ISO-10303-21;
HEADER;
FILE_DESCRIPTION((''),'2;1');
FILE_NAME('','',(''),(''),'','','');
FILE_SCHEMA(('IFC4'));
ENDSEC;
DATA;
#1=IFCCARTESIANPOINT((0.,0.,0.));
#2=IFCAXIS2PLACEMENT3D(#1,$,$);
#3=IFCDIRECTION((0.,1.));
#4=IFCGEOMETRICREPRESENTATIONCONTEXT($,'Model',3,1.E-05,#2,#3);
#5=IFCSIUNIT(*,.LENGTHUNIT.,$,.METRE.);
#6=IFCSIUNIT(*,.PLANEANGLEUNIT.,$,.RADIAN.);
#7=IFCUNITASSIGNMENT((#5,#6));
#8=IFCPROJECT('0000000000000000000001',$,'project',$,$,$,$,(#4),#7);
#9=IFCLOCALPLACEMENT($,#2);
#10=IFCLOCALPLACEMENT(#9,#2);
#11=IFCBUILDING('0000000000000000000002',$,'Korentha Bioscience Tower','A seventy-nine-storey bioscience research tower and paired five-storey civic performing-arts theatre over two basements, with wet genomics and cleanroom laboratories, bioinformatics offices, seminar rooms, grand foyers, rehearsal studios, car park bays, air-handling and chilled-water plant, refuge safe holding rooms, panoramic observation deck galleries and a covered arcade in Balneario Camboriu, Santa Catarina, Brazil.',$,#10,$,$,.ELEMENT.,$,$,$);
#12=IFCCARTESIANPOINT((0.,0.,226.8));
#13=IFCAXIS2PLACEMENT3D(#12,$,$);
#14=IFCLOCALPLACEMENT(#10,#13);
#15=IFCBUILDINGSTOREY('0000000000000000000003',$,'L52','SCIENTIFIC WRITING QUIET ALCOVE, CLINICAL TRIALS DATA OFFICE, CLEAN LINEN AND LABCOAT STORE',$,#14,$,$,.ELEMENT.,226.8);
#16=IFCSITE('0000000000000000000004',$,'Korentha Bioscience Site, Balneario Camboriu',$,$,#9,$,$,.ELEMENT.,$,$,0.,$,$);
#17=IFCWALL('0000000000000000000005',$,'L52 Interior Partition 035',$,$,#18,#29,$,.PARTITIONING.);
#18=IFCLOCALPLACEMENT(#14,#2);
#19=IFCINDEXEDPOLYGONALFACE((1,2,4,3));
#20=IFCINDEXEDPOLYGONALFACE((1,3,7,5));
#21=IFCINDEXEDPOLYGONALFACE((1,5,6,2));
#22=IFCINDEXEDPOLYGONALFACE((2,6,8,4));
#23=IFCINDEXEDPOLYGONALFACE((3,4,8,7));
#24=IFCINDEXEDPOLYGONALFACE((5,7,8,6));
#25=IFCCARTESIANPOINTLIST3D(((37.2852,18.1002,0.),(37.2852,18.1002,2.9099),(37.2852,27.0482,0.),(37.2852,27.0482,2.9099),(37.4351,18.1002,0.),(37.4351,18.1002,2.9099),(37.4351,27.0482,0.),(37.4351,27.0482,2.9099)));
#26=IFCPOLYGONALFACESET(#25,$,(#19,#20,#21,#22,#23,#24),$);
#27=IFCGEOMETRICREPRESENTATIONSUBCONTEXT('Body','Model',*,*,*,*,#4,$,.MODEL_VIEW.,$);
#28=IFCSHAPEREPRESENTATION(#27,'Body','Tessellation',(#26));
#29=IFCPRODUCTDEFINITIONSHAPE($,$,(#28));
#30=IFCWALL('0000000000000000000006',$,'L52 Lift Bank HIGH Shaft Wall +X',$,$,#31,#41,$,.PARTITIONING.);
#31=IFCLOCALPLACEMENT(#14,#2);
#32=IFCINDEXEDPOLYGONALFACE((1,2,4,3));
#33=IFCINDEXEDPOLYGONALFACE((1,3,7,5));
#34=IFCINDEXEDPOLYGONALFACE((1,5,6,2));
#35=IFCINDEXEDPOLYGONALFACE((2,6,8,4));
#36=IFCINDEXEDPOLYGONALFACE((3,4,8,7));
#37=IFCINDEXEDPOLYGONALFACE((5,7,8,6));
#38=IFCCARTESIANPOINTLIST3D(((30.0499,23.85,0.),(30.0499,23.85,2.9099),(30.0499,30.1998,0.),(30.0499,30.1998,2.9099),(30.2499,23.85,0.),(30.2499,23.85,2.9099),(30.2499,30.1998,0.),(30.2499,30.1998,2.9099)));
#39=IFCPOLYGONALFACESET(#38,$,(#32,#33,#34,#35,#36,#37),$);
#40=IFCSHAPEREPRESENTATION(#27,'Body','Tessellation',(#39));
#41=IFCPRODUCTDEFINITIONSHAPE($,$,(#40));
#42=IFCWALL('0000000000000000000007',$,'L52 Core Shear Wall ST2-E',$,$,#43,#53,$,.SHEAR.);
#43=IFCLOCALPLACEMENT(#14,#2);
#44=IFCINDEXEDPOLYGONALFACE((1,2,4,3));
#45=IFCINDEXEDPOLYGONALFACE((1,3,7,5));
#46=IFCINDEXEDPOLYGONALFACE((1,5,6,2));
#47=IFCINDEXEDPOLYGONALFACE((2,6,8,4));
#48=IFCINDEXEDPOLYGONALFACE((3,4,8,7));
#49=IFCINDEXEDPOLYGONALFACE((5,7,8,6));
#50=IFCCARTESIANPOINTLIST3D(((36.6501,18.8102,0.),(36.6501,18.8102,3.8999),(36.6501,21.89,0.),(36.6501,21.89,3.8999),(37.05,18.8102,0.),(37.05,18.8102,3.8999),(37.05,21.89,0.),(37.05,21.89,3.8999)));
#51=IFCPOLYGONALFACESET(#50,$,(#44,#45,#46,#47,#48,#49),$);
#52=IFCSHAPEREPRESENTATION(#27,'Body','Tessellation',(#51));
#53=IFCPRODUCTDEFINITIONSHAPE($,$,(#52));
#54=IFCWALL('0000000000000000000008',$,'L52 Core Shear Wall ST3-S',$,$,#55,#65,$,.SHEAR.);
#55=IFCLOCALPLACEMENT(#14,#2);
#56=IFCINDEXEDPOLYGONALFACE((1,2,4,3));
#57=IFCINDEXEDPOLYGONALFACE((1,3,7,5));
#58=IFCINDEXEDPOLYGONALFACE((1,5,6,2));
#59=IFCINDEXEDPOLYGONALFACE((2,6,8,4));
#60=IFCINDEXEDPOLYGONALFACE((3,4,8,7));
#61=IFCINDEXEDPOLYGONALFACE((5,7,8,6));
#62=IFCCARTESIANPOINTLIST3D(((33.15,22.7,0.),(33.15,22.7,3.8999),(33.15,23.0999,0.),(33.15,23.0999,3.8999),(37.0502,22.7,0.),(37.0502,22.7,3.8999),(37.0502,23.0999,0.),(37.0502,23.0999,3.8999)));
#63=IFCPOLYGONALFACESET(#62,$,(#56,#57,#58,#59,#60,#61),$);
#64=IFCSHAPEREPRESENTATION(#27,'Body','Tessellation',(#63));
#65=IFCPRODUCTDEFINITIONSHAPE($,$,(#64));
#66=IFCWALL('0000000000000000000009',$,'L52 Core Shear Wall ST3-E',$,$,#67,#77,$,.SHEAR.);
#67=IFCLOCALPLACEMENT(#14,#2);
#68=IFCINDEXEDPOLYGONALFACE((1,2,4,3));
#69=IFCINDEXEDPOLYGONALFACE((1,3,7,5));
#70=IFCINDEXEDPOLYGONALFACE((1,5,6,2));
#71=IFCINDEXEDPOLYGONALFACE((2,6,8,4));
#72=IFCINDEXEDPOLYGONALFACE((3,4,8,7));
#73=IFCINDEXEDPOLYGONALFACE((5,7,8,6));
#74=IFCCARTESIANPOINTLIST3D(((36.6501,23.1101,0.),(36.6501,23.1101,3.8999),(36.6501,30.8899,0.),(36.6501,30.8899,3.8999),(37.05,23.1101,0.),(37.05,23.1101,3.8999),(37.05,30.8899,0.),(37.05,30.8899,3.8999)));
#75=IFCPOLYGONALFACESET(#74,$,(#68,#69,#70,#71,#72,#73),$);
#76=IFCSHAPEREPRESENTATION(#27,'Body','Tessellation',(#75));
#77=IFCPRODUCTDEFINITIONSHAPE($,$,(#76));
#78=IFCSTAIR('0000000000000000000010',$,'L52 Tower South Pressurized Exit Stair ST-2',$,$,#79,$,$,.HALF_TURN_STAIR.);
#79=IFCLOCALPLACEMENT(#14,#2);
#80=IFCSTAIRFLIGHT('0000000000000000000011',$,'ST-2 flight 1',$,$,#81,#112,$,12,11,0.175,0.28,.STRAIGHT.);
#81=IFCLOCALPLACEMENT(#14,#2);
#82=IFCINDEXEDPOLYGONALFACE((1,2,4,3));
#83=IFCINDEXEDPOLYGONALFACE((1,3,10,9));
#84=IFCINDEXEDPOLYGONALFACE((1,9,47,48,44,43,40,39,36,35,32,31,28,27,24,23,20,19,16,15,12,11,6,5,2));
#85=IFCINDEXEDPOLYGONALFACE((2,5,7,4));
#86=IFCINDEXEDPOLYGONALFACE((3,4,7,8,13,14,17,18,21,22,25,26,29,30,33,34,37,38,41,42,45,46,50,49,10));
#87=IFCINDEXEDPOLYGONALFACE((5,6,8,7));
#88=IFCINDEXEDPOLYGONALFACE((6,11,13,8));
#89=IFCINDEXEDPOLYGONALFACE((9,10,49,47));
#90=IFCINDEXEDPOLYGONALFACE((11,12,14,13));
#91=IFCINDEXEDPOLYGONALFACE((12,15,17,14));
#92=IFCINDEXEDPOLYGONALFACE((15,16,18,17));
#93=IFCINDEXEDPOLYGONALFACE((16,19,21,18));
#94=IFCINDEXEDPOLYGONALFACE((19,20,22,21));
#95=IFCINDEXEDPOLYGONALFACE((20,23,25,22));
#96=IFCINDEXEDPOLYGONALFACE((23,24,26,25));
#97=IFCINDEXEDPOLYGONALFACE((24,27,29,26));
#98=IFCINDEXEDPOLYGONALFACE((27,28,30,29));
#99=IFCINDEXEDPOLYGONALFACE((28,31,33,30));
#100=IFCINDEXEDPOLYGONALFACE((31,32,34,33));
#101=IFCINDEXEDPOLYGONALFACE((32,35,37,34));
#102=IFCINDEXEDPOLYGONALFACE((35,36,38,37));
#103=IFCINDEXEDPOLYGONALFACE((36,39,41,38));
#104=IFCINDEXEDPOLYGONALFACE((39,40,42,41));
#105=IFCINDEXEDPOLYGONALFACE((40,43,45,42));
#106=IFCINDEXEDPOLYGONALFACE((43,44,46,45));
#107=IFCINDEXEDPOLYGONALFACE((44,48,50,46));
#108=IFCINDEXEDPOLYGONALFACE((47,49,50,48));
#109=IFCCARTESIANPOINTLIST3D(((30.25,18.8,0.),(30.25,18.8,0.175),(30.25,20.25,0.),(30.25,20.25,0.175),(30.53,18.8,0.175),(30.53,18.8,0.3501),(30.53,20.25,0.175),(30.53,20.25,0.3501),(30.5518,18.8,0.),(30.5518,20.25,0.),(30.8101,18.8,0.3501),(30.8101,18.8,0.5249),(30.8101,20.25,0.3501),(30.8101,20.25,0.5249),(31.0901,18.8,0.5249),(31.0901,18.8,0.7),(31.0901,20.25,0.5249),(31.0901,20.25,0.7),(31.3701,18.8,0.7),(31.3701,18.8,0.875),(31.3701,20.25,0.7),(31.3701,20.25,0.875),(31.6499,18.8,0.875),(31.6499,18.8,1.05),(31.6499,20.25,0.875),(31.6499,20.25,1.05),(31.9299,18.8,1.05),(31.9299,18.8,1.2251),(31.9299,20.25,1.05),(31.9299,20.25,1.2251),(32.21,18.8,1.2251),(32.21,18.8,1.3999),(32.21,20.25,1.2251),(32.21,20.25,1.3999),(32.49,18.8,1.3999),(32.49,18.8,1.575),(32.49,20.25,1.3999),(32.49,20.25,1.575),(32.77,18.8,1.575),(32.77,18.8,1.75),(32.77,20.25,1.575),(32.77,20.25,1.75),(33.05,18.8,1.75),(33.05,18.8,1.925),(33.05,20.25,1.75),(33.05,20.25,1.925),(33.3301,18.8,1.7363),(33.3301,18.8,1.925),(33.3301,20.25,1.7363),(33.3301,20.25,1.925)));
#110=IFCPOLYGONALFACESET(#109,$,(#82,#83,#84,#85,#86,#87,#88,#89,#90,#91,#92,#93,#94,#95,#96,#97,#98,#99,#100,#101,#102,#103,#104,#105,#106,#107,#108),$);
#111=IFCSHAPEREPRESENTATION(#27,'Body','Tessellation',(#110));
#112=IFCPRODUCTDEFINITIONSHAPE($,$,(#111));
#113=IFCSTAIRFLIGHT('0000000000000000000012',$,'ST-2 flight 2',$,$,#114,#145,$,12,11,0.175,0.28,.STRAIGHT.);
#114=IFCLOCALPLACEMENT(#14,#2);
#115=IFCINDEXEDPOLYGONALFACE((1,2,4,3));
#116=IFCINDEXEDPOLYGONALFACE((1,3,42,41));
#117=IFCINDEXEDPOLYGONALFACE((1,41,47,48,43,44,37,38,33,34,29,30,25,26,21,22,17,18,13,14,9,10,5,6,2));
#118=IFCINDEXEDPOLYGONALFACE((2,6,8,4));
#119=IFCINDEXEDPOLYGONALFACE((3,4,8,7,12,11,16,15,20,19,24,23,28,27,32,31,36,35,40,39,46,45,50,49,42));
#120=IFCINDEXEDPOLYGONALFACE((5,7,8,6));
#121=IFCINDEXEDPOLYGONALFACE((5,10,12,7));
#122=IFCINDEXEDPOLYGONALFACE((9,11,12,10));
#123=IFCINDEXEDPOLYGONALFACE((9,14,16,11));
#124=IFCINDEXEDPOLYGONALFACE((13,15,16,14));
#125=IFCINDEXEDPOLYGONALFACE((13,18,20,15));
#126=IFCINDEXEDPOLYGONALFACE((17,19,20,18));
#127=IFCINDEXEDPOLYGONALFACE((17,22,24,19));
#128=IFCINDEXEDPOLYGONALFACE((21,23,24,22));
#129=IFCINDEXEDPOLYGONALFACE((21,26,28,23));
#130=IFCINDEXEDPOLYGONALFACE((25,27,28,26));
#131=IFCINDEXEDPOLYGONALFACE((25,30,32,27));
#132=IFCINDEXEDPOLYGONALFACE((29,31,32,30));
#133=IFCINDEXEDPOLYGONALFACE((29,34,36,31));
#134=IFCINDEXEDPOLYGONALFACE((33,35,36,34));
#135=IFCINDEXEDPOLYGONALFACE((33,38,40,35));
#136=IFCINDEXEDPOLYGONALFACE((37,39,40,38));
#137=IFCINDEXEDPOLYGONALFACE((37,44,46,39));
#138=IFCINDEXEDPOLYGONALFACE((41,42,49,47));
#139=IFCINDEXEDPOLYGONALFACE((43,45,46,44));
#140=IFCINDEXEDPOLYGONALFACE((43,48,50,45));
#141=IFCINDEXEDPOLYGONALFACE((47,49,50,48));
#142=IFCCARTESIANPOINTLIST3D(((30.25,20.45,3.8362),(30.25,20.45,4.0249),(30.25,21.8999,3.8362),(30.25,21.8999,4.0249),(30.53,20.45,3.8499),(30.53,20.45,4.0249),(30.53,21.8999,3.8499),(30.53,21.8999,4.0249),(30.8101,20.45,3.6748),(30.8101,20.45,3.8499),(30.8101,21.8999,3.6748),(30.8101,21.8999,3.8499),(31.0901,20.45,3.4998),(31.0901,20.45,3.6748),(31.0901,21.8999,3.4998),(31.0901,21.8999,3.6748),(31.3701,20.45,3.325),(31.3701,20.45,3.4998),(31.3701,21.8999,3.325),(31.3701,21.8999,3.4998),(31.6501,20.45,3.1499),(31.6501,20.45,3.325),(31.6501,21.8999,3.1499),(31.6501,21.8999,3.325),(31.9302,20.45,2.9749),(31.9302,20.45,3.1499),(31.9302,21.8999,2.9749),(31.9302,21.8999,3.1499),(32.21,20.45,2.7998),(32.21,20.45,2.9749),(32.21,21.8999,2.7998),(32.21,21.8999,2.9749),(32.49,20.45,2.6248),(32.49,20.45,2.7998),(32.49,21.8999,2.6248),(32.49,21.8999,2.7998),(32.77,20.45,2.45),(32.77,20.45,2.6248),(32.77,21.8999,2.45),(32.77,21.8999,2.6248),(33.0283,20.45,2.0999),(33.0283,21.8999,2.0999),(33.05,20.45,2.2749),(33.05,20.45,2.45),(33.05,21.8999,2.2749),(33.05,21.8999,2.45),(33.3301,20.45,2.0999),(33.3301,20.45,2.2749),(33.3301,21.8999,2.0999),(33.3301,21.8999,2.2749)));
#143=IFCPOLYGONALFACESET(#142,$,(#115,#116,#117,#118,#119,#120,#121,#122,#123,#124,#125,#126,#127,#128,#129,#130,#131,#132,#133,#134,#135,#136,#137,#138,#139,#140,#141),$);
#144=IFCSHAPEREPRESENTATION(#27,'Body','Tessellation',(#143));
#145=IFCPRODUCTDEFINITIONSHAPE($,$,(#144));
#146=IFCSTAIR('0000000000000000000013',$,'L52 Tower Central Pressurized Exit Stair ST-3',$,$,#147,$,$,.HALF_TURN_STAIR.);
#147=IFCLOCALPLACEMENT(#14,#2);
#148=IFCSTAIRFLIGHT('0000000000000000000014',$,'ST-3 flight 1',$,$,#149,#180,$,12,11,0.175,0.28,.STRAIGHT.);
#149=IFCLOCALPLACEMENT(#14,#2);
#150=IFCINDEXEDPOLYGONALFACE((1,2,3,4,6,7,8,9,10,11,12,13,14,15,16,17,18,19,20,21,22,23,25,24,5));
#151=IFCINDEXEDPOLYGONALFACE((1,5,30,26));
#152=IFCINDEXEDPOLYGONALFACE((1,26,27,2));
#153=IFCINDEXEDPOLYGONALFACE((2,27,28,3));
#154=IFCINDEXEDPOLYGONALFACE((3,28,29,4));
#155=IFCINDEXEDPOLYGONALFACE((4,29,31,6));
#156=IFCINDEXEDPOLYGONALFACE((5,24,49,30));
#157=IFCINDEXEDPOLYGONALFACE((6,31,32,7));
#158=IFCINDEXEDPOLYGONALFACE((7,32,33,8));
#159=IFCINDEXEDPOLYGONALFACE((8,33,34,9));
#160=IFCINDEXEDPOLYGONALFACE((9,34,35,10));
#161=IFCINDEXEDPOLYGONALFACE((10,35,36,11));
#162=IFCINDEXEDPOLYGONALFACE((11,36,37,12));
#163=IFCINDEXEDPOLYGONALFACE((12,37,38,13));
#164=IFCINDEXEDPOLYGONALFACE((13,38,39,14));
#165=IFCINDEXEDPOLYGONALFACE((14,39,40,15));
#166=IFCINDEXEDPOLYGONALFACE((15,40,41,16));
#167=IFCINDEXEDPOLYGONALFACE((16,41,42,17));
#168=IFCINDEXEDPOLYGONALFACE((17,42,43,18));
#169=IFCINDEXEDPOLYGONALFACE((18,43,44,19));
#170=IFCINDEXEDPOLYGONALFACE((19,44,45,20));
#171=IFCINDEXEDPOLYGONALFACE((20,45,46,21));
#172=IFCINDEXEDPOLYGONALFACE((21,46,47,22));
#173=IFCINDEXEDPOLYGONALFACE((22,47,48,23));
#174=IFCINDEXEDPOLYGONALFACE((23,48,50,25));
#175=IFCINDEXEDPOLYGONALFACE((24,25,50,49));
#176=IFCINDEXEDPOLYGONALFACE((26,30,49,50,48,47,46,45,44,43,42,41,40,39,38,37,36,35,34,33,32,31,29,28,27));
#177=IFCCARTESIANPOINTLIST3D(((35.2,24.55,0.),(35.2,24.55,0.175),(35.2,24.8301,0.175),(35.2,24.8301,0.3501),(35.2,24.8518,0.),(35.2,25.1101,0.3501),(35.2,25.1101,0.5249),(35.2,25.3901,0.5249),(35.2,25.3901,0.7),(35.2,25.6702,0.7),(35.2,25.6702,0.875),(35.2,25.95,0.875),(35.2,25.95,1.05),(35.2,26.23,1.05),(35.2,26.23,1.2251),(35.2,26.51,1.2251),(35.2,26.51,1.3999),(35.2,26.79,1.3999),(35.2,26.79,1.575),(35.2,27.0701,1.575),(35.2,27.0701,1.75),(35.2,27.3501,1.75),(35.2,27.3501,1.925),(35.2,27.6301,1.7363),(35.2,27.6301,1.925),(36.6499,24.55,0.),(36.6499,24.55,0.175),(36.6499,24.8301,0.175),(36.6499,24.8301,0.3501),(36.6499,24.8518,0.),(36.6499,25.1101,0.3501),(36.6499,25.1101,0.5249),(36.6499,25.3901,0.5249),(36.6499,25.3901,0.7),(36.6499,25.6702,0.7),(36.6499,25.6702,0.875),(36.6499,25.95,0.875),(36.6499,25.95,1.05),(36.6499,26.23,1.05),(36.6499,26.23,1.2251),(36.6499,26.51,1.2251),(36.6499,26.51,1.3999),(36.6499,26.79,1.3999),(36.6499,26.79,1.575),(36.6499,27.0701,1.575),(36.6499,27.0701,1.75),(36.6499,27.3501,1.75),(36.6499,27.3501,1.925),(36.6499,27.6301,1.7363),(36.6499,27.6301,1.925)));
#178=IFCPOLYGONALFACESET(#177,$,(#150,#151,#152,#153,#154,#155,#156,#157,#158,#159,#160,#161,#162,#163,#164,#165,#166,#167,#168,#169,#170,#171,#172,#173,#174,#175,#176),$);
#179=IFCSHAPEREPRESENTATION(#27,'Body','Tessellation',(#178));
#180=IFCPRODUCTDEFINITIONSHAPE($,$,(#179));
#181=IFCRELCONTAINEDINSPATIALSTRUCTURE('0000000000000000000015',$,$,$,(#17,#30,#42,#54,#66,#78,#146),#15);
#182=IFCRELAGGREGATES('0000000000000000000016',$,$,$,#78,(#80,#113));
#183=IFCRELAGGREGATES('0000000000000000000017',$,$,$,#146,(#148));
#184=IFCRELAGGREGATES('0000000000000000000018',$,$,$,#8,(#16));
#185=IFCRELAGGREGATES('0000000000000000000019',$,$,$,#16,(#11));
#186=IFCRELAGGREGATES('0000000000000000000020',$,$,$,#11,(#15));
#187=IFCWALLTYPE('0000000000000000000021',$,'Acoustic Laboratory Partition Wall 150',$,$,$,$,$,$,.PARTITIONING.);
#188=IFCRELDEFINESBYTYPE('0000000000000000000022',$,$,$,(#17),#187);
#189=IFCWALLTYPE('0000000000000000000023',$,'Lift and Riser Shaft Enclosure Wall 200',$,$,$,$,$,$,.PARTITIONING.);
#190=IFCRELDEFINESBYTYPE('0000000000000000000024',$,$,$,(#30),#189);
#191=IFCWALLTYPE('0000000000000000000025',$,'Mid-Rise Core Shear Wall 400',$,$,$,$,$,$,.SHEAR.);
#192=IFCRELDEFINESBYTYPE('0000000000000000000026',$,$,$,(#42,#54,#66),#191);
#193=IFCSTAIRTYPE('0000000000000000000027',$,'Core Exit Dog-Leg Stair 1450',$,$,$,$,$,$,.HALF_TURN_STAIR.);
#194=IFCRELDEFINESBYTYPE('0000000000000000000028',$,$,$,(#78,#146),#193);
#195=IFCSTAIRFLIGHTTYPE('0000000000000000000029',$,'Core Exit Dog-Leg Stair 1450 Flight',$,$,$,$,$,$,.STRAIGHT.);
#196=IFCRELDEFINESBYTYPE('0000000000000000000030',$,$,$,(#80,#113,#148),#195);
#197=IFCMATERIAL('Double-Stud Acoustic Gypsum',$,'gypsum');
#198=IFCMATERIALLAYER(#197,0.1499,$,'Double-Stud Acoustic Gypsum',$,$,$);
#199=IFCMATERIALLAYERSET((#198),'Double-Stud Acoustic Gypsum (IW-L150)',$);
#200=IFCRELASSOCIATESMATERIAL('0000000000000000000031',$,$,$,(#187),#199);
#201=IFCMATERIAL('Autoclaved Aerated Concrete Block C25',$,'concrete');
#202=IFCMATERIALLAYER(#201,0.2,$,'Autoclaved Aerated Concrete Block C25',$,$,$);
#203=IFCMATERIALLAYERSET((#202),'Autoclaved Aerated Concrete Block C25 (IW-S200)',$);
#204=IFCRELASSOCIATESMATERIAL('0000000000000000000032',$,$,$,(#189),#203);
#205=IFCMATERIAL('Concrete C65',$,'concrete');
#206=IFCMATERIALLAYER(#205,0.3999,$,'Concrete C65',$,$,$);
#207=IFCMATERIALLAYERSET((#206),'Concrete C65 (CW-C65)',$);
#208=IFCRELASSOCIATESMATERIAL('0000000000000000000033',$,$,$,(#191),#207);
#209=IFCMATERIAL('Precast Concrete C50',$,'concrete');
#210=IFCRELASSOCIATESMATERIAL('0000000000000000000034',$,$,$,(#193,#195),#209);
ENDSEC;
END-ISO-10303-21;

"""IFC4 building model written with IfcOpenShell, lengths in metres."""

from ifc_helpers import new_model, si_unit, direction, frame, frame_2d, origin, place, context, subcontext, project, spatial, polyline, rectangle, outline, extrude, material, layer, layer_set, type_object, element, aggregate, save


model = new_model("IFC4")

# Units and contexts
model_context = context("Model", 3, precision=1e-05, world=origin(), true_north=direction((0.0, 1.0)))
body_context = subcontext(model_context, "Body", "Model", "MODEL_VIEW")
ifc_project = project(units=[si_unit("LENGTHUNIT", "METRE"), si_unit("PLANEANGLEUNIT", "RADIAN")], contexts=[model_context])

# Site, building, storey
site_placement = place(None, origin())
site = spatial("IfcSite", under=ifc_project, at=site_placement, Name="Korentha Bioscience Site, Balneario Camboriu", CompositionType="ELEMENT", RefElevation=0.0)
building_placement = place(site_placement, origin())
building = spatial("IfcBuilding", under=site, at=building_placement, Name="Korentha Bioscience Tower", Description="A seventy-nine-storey bioscience research tower and paired five-storey civic performing-arts theatre over two basements, with wet genomics and cleanroom laboratories, bioinformatics offices, seminar rooms, grand foyers, rehearsal studios, car park bays, air-handling and chilled-water plant, refuge safe holding rooms, panoramic observation deck galleries and a covered arcade in Balneario Camboriu, Santa Catarina, Brazil.", CompositionType="ELEMENT")
storey_placement = place(building_placement, frame((0.0, 0.0, 226.8)))
storey = spatial("IfcBuildingStorey", under=building, at=storey_placement, Name="L52", Description="SCIENTIFIC WRITING QUIET ALCOVE, CLINICAL TRIALS DATA OFFICE, CLEAN LINEN AND LABCOAT STORE", CompositionType="ELEMENT", Elevation=226.8)

# Shared definitions
ifc_material_1 = material(Name="Concrete C65", Category="concrete")

# Walls
ifc_material_2 = material(Name="Double-Stud Acoustic Gypsum", Category="gypsum")
ifc_layer_1 = layer(ifc_material_2, 0.1499, Name="Double-Stud Acoustic Gypsum")
ifc_layer_set_1 = layer_set([ifc_layer_1], Name="Double-Stud Acoustic Gypsum (IW-L150)")
wall_type_1 = type_object("IfcWallType", Name="Acoustic Laboratory Partition Wall 150", PredefinedType="PARTITIONING", material=ifc_layer_set_1)
wall_1_placement = place(storey_placement, frame((37.3601, 18.1001, 0.0), z_axis=(0.0, 0.0, 1.0), x_axis=(0.0, 1.0, 0.0)))
element("IfcWall", 1, at=wall_1_placement, inside=storey, type_object=wall_type_1, Name="L52 Interior Partition 035", PredefinedType="PARTITIONING", context=body_context, shape_type="SweptSolid", body=[
    extrude(rectangle(XDim=8.948, YDim=0.1499, at=frame_2d((4.4741, 0.0))), origin(), (0.0, 0.0, 1.0), 2.9099),
])
ifc_material_3 = material(Name="Autoclaved Aerated Concrete Block C25", Category="concrete")
ifc_layer_2 = layer(ifc_material_3, 0.2, Name="Autoclaved Aerated Concrete Block C25")
ifc_layer_set_2 = layer_set([ifc_layer_2], Name="Autoclaved Aerated Concrete Block C25 (IW-S200)")
wall_type_2 = type_object("IfcWallType", Name="Lift and Riser Shaft Enclosure Wall 200", PredefinedType="PARTITIONING", material=ifc_layer_set_2)
wall_2_placement = place(storey_placement, frame((30.1499, 23.8501, 0.0), z_axis=(0.0, 0.0, 1.0), x_axis=(0.0, 1.0, 0.0)))
element("IfcWall", 2, at=wall_2_placement, inside=storey, type_object=wall_type_2, Name="L52 Lift Bank HIGH Shaft Wall +X", PredefinedType="PARTITIONING", context=body_context, shape_type="SweptSolid", body=[
    extrude(rectangle(XDim=6.3499, YDim=0.2, at=frame_2d((3.1748, 0.0))), origin(), (0.0, 0.0, 1.0), 2.9099),
])
ifc_layer_3 = layer(ifc_material_1, 0.3999, Name="Concrete C65")
ifc_layer_set_3 = layer_set([ifc_layer_3], Name="Concrete C65 (CW-C65)")
wall_type_3 = type_object("IfcWallType", Name="Mid-Rise Core Shear Wall 400", PredefinedType="SHEAR", material=ifc_layer_set_3)
wall_3_placement = place(storey_placement, frame((36.8501, 18.8101, 0.0), z_axis=(0.0, 0.0, 1.0), x_axis=(0.0, 1.0, 0.0)))
element("IfcWall", 3, at=wall_3_placement, inside=storey, type_object=wall_type_3, Name="L52 Core Shear Wall ST2-E", PredefinedType="SHEAR", context=body_context, shape_type="SweptSolid", body=[
    extrude(rectangle(XDim=3.0798, YDim=0.3999, at=frame_2d((1.54, 0.0))), origin(), (0.0, 0.0, 1.0), 3.8999),
])
wall_4_placement = place(storey_placement, frame((33.1499, 22.8999, 0.0), z_axis=(0.0, 0.0, 1.0), x_axis=(1.0, 0.0, 0.0)))
element("IfcWall", 4, at=wall_4_placement, inside=storey, type_object=wall_type_3, Name="L52 Core Shear Wall ST3-S", PredefinedType="SHEAR", context=body_context, shape_type="SweptSolid", body=[
    extrude(rectangle(XDim=3.9001, YDim=0.3999, at=frame_2d((1.9502, 0.0))), origin(), (0.0, 0.0, 1.0), 3.8999),
])
wall_5_placement = place(storey_placement, frame((36.8501, 23.1101, 0.0), z_axis=(0.0, 0.0, 1.0), x_axis=(0.0, 1.0, 0.0)))
element("IfcWall", 5, at=wall_5_placement, inside=storey, type_object=wall_type_3, Name="L52 Core Shear Wall ST3-E", PredefinedType="SHEAR", context=body_context, shape_type="SweptSolid", body=[
    extrude(rectangle(XDim=7.7798, YDim=0.3999, at=frame_2d((3.8899, 0.0))), origin(), (0.0, 0.0, 1.0), 3.8999),
])

# Stair, stair flights
ifc_material_4 = material(Name="Precast Concrete C50", Category="concrete")
stair_type = type_object("IfcStairType", Name="Core Exit Dog-Leg Stair 1450", PredefinedType="HALF_TURN_STAIR", material=ifc_material_4)
stair_1_placement = place(storey_placement, origin())
stair_1 = element("IfcStair", 6, at=stair_1_placement, inside=storey, type_object=stair_type, Name="L52 Tower South Pressurized Exit Stair ST-2", PredefinedType="HALF_TURN_STAIR")
stair_flight_type = type_object("IfcStairFlightType", Name="Core Exit Dog-Leg Stair 1450 Flight", PredefinedType="STRAIGHT", material=ifc_material_4)
stair_flight_1_placement = place(storey_placement, frame((30.25, 19.5249, 0.0), z_axis=(0.0, 0.0, 1.0), x_axis=(1.0, 0.0, 0.0)))
stair_flight_1 = element("IfcStairFlight", 7, at=stair_flight_1_placement, type_object=stair_flight_type, Name="ST-2 flight 1", NumberOfRisers=12, NumberOfTreads=11, PredefinedType="STRAIGHT", RiserHeight=0.175, TreadLength=0.28, context=body_context, shape_type="SweptSolid", body=[
    extrude(outline(polyline([(0.0, 0.0), (0.0, 0.175), (0.28, 0.175), (0.28, 0.3501), (0.5601, 0.3501), (0.5601, 0.5249), (0.8401, 0.5249), (0.8401, 0.7), (1.1201, 0.7), (1.1201, 0.875), (1.3999, 0.875), (1.3999, 1.05), (1.6799, 1.05), (1.6799, 1.2251), (1.96, 1.2251), (1.96, 1.3999), (2.24, 1.3999), (2.24, 1.575), (2.52, 1.575), (2.52, 1.75), (2.8, 1.75), (2.8, 1.925), (3.0801, 1.925), (3.0801, 2.1001), (3.0801, 1.7363), (0.3018, 0.0), (0.0, 0.0)])), frame((0.0, 0.7251, 0.0), z_axis=(0.0, -1.0, 0.0), x_axis=(1.0, 0.0, 0.0)), (0.0, 0.0, 1.0), 1.45),
])
stair_flight_2_placement = place(storey_placement, frame((33.3301, 21.175, 2.0999), z_axis=(0.0, 0.0, 1.0), x_axis=(-1.0, 0.0, 0.0)))
stair_flight_2 = element("IfcStairFlight", 8, at=stair_flight_2_placement, type_object=stair_flight_type, Name="ST-2 flight 2", NumberOfRisers=12, NumberOfTreads=11, PredefinedType="STRAIGHT", RiserHeight=0.175, TreadLength=0.28, context=body_context, shape_type="SweptSolid", body=[
    extrude(outline(polyline([(0.0, 0.0), (0.0, 0.175), (0.28, 0.175), (0.28, 0.3501), (0.5601, 0.3501), (0.5601, 0.5249), (0.8401, 0.5249), (0.8401, 0.7), (1.1201, 0.7), (1.1201, 0.875), (1.3999, 0.875), (1.3999, 1.05), (1.6799, 1.05), (1.6799, 1.2251), (1.96, 1.2251), (1.96, 1.3999), (2.24, 1.3999), (2.24, 1.575), (2.52, 1.575), (2.52, 1.75), (2.8, 1.75), (2.8, 1.925), (3.0801, 1.925), (3.0801, 2.1001), (3.0801, 1.7363), (0.3018, 0.0), (0.0, 0.0)])), frame((0.0, 0.7251, 0.0), z_axis=(0.0, -1.0, 0.0), x_axis=(1.0, 0.0, 0.0)), (0.0, 0.0, 1.0), 1.45),
])
aggregate(stair_1, [stair_flight_1, stair_flight_2])

# Stair, stair flight
stair_2_placement = place(storey_placement, origin())
stair_2 = element("IfcStair", 9, at=stair_2_placement, inside=storey, type_object=stair_type, Name="L52 Tower Central Pressurized Exit Stair ST-3", PredefinedType="HALF_TURN_STAIR")
stair_flight_3_placement = place(storey_placement, frame((35.925, 24.55, 0.0), z_axis=(0.0, 0.0, 1.0), x_axis=(0.0, 1.0, 0.0)))
stair_flight_3 = element("IfcStairFlight", 10, at=stair_flight_3_placement, type_object=stair_flight_type, Name="ST-3 flight 1", NumberOfRisers=12, NumberOfTreads=11, PredefinedType="STRAIGHT", RiserHeight=0.175, TreadLength=0.28, context=body_context, shape_type="SweptSolid", body=[
    extrude(outline(polyline([(0.0, 0.0), (0.0, 0.175), (0.28, 0.175), (0.28, 0.3501), (0.5601, 0.3501), (0.5601, 0.5249), (0.8401, 0.5249), (0.8401, 0.7), (1.1201, 0.7), (1.1201, 0.875), (1.3999, 0.875), (1.3999, 1.05), (1.6799, 1.05), (1.6799, 1.2251), (1.96, 1.2251), (1.96, 1.3999), (2.24, 1.3999), (2.24, 1.575), (2.52, 1.575), (2.52, 1.75), (2.8, 1.75), (2.8, 1.925), (3.0801, 1.925), (3.0801, 2.1001), (3.0801, 1.7363), (0.3018, 0.0), (0.0, 0.0)])), frame((0.0, 0.7251, 0.0), z_axis=(0.0, -1.0, 0.0), x_axis=(1.0, 0.0, 0.0)), (0.0, 0.0, 1.0), 1.45),
])
aggregate(stair_2, [stair_flight_3])

save(model, "model.ifc")
